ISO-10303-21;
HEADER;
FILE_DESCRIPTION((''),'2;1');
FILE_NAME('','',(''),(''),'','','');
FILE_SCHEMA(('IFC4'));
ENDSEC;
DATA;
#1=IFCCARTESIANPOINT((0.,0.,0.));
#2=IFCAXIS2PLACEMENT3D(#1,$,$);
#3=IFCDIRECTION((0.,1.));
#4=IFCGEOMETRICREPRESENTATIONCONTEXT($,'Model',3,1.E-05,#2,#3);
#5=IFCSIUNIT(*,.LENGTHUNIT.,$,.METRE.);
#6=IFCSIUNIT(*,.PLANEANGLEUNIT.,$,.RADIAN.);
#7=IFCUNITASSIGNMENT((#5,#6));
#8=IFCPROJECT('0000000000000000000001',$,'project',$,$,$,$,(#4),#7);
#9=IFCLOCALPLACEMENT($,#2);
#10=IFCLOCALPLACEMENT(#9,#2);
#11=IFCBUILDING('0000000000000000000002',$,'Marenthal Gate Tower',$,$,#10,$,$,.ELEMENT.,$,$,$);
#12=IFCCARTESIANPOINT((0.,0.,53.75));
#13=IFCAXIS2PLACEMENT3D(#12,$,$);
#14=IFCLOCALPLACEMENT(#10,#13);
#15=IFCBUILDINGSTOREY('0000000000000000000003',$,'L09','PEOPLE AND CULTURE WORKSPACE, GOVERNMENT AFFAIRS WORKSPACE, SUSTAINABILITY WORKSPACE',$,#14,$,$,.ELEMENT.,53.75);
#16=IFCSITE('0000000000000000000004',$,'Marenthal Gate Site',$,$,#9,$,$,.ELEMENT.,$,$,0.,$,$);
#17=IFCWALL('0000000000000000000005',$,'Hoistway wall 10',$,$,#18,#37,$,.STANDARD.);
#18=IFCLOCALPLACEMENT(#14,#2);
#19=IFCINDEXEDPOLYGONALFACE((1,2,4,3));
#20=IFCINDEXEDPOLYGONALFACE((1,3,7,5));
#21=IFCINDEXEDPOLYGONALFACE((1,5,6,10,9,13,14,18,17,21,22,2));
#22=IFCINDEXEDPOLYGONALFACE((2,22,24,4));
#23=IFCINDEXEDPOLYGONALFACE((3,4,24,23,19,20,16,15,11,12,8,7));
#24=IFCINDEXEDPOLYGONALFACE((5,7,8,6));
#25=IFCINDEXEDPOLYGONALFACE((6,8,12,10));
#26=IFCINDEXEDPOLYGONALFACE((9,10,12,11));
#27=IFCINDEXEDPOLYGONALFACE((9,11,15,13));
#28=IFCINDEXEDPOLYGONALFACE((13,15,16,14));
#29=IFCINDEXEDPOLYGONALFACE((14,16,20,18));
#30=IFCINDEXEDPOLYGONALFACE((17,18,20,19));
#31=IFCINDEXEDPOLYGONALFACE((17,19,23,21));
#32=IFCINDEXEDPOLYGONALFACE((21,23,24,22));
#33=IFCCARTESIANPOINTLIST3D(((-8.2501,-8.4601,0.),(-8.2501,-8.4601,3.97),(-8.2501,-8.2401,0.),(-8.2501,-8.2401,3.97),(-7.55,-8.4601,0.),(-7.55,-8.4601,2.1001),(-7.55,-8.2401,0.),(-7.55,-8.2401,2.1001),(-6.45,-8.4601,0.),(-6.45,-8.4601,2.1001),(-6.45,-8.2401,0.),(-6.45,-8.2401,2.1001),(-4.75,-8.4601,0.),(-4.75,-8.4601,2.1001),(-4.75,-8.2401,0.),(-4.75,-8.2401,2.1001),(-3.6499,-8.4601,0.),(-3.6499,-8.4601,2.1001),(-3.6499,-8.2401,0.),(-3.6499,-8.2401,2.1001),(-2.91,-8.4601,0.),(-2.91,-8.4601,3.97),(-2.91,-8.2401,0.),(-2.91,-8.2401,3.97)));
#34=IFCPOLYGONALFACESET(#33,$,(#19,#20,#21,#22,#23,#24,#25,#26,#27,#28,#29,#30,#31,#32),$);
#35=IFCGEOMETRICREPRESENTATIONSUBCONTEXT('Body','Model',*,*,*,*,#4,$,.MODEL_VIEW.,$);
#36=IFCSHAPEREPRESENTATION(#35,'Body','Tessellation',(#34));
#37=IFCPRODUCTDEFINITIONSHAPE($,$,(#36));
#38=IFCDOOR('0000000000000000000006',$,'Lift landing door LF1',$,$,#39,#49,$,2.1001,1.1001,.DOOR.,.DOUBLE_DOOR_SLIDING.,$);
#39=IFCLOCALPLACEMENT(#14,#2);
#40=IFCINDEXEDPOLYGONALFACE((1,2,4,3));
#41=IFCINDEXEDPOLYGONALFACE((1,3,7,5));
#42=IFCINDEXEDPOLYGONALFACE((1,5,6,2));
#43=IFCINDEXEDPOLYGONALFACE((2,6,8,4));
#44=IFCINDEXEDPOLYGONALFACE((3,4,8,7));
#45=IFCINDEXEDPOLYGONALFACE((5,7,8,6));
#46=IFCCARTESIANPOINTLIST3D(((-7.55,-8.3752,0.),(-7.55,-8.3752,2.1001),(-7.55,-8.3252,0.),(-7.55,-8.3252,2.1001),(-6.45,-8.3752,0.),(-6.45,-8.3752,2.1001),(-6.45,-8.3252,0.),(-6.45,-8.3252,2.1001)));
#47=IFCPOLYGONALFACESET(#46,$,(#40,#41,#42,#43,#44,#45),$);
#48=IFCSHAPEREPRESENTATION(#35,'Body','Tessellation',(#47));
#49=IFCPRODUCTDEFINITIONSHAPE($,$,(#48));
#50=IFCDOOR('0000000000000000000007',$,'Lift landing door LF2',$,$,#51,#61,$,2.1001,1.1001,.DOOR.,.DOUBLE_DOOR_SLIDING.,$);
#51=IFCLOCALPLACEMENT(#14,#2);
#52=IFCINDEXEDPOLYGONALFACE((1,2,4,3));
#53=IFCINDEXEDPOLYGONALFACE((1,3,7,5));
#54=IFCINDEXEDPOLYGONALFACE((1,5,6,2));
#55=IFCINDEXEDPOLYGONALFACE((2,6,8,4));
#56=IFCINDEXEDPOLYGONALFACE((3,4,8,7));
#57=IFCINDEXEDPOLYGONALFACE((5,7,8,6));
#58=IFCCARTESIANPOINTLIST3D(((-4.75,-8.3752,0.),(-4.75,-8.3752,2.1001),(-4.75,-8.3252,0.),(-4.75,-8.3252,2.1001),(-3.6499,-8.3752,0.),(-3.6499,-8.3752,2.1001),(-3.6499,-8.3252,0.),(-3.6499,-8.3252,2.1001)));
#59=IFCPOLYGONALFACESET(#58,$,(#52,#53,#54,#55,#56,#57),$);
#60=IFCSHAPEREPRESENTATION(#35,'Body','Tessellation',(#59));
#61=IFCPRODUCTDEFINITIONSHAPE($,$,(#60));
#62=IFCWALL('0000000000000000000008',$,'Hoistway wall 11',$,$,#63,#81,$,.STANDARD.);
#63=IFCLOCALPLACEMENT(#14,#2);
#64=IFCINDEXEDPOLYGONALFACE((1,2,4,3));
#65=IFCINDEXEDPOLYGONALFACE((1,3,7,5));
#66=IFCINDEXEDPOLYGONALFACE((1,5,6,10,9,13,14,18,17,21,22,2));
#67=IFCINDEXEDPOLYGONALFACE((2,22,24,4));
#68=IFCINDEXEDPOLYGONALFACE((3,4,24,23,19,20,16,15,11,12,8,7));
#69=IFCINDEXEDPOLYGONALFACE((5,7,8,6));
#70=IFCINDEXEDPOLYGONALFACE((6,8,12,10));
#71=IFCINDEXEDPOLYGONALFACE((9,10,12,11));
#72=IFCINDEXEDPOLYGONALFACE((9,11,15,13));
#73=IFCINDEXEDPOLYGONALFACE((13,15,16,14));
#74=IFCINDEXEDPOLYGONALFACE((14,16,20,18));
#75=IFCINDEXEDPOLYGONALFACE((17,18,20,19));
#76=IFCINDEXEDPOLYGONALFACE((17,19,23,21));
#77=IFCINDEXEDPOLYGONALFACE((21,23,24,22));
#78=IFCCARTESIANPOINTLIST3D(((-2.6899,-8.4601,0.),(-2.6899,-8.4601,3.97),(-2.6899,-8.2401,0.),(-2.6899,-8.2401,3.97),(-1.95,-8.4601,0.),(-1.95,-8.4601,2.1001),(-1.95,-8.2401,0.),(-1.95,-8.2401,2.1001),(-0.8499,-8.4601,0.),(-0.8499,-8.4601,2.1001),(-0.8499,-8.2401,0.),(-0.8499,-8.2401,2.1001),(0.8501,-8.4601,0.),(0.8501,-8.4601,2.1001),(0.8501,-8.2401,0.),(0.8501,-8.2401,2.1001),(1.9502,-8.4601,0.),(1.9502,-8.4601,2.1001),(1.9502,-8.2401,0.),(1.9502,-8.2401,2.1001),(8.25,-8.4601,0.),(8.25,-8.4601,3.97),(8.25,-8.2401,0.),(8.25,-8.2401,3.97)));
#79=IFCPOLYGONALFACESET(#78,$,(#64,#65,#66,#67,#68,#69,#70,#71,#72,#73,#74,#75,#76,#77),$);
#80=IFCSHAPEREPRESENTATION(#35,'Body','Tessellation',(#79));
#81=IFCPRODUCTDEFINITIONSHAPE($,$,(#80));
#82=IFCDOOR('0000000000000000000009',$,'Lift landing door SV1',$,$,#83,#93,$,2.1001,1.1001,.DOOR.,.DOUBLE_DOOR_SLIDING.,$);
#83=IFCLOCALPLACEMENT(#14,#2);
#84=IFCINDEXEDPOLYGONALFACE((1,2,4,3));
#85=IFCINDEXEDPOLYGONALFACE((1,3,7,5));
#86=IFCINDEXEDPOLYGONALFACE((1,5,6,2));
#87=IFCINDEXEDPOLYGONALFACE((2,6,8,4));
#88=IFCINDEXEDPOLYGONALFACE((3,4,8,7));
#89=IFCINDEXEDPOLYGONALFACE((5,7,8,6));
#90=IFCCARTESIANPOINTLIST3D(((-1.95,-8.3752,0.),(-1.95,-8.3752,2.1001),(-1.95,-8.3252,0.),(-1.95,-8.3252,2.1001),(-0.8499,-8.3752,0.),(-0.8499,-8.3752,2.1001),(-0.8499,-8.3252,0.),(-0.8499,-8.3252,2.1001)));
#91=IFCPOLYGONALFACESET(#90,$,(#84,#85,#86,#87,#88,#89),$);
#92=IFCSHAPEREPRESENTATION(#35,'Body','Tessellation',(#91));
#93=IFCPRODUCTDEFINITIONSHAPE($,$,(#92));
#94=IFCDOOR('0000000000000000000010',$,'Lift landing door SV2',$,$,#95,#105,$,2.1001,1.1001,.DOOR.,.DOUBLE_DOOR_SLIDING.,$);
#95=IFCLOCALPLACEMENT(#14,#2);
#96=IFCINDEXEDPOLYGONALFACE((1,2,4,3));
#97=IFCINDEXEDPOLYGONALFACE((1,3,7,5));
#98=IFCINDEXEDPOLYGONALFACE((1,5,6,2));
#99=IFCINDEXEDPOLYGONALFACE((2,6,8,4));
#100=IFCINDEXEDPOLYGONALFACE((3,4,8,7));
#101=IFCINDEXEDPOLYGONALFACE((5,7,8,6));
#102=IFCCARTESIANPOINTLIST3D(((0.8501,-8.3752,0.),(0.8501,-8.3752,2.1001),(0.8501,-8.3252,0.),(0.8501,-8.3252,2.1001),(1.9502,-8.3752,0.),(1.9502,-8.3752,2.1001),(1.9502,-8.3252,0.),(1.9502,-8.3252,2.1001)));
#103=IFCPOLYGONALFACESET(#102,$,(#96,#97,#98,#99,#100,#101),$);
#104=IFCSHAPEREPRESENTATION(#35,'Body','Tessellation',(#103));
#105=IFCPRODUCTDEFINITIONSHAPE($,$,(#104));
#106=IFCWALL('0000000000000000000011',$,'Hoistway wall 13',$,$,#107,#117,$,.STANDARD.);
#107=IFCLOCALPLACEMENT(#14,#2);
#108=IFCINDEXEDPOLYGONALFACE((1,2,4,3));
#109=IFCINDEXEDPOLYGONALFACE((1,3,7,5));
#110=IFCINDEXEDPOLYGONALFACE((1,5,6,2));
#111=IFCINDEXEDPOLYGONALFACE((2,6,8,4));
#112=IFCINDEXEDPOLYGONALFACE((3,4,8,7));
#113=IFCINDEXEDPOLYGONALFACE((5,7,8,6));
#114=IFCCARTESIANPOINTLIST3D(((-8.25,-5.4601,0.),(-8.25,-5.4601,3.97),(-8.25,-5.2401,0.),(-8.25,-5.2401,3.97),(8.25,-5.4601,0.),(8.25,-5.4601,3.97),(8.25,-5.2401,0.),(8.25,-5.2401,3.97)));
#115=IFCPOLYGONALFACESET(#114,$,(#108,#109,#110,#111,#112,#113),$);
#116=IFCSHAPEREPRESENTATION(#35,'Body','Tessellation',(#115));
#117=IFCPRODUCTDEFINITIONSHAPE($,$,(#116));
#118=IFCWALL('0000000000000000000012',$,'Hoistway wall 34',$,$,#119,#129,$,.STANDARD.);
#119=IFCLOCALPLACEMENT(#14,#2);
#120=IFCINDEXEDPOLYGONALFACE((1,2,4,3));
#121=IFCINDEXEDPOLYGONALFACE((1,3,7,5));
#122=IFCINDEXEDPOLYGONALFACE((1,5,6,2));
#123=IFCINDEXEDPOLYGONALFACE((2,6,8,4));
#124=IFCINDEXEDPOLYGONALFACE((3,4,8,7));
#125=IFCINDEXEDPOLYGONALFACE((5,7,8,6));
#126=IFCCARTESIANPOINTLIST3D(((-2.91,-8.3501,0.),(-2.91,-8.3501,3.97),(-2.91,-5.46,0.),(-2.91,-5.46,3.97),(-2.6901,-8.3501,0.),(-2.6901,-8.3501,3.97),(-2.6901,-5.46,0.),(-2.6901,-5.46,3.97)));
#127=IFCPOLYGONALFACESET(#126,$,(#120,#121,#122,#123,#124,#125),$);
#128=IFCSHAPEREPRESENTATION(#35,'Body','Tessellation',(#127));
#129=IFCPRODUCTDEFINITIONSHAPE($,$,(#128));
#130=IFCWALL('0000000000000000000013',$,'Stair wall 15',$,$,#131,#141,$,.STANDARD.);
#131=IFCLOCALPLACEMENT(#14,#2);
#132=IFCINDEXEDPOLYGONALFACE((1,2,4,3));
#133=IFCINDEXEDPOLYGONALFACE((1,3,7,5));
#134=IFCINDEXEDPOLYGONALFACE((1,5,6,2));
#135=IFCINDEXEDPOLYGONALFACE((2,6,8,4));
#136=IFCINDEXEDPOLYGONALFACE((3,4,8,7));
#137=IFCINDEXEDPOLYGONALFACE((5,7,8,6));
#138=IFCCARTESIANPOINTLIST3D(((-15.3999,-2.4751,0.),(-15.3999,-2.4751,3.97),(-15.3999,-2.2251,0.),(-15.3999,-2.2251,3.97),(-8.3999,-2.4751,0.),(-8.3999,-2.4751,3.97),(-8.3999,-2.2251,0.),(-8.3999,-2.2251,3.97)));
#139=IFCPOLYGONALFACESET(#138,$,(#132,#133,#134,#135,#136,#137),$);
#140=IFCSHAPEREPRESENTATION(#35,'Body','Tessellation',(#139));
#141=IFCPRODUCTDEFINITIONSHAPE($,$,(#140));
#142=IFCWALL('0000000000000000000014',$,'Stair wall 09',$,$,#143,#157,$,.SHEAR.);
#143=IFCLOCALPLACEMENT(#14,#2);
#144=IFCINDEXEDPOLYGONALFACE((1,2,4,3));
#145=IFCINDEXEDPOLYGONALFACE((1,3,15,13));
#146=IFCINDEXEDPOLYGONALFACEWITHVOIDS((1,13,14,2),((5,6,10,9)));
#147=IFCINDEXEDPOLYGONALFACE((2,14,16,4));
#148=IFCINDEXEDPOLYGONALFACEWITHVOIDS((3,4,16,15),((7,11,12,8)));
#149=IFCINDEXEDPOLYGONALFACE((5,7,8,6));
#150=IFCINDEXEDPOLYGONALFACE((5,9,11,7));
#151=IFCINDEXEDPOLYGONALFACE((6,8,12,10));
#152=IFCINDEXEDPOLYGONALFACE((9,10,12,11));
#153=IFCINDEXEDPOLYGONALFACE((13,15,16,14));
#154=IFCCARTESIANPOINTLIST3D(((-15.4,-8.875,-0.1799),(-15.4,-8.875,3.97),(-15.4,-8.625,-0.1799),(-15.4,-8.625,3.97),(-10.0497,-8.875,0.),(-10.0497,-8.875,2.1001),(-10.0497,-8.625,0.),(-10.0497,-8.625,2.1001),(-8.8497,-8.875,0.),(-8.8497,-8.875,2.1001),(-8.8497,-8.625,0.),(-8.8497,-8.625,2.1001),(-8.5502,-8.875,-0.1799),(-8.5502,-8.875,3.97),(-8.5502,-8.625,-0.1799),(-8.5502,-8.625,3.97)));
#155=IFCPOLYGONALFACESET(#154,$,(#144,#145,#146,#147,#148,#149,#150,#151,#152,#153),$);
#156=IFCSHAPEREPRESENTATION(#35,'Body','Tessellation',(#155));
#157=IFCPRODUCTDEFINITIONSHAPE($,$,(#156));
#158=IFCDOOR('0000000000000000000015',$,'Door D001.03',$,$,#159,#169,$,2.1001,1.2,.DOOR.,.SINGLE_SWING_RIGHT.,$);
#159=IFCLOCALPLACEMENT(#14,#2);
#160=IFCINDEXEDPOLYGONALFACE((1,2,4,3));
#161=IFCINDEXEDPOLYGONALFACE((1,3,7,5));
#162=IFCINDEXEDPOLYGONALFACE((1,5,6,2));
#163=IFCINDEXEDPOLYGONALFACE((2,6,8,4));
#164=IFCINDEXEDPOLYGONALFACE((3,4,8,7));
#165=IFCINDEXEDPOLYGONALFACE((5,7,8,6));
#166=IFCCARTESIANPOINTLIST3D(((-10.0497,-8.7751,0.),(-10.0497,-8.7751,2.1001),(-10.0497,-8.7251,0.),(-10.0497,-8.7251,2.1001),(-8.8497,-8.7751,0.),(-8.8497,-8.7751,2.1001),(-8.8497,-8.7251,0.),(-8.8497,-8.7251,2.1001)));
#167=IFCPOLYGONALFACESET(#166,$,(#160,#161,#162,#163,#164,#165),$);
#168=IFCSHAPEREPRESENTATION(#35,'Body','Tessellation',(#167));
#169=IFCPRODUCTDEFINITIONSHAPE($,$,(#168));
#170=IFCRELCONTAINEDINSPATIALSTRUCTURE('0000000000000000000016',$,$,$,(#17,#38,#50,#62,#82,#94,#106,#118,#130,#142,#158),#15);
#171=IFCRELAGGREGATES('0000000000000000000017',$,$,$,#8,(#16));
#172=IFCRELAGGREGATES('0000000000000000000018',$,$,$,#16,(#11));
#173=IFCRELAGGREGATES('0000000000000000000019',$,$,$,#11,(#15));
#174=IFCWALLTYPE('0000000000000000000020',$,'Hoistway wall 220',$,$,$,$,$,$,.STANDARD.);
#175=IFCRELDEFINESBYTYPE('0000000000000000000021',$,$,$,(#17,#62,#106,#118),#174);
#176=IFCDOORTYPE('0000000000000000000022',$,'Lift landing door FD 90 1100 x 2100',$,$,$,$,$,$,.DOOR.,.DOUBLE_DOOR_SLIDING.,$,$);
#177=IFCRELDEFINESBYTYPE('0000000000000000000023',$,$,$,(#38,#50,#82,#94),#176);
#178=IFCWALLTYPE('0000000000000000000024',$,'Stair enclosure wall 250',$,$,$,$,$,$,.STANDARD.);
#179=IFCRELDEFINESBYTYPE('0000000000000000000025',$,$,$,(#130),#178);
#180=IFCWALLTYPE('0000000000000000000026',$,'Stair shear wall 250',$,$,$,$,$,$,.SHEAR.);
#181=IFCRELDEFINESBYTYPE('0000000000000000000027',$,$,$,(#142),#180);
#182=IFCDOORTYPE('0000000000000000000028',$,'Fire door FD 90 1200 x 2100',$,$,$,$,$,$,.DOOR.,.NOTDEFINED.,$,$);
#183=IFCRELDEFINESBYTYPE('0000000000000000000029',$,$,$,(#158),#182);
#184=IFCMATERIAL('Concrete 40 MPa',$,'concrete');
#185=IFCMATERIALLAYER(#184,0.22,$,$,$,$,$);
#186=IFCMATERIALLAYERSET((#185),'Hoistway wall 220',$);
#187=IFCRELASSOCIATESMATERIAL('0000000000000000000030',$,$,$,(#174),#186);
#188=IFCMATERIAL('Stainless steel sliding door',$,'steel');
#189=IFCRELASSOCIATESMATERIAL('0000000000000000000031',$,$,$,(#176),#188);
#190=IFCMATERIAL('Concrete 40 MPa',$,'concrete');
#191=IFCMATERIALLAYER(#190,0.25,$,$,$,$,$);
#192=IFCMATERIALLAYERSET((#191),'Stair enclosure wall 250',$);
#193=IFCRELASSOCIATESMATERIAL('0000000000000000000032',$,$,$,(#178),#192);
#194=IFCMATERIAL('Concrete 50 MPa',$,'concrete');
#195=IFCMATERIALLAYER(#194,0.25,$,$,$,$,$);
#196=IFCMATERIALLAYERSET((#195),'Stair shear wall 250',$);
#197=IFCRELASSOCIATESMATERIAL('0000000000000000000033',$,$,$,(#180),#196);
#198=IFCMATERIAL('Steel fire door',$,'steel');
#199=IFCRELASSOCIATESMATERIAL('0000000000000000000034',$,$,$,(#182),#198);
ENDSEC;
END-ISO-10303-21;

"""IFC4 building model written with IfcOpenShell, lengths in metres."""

from ifc_helpers import new_model, si_unit, direction, frame, frame_2d, origin, place, context, subcontext, project, spatial, rectangle, extrude, material, layer, layer_set, type_object, element, fill, save


model = new_model("IFC4")

# Units and contexts
model_context = context("Model", 3, precision=1e-05, world=origin(), true_north=direction((0.0, 1.0)))
body_context = subcontext(model_context, "Body", "Model", "MODEL_VIEW")
ifc_project = project(units=[si_unit("LENGTHUNIT", "METRE"), si_unit("PLANEANGLEUNIT", "RADIAN")], contexts=[model_context])

# Site, building, storey
site_placement = place(None, origin())
site = spatial("IfcSite", under=ifc_project, at=site_placement, Name="Marenthal Gate Site", CompositionType="ELEMENT", RefElevation=0.0)
building_placement = place(site_placement, origin())
building = spatial("IfcBuilding", under=site, at=building_placement, Name="Marenthal Gate Tower", CompositionType="ELEMENT")
storey_placement = place(building_placement, frame((0.0, 0.0, 53.75)))
storey = spatial("IfcBuildingStorey", under=building, at=storey_placement, Name="L09", Description="PEOPLE AND CULTURE WORKSPACE, GOVERNMENT AFFAIRS WORKSPACE, SUSTAINABILITY WORKSPACE", CompositionType="ELEMENT", Elevation=53.75)

# Walls, openings, doors
ifc_material_1 = material(Name="Concrete 40 MPa", Category="concrete")
ifc_layer_1 = layer(ifc_material_1, 0.22)
ifc_layer_set_1 = layer_set([ifc_layer_1], Name="Hoistway wall 220")
wall_type_1 = type_object("IfcWallType", Name="Hoistway wall 220", PredefinedType="STANDARD", material=ifc_layer_set_1)
wall_1_placement = place(storey_placement, frame((-8.25, -8.3501, 0.0), z_axis=(0.0, 0.0, 1.0), x_axis=(1.0, 0.0, 0.0)))
wall_1 = element("IfcWall", 1, at=wall_1_placement, inside=storey, type_object=wall_type_1, Name="Hoistway wall 10", PredefinedType="STANDARD", context=body_context, shape_type="SweptSolid", body=[
    extrude(rectangle(XDim=5.3401, YDim=0.22, at=frame_2d((2.6699, 0.0))), origin(), (0.0, 0.0, 1.0), 3.97),
])
opening_1_placement = place(wall_1_placement, frame((0.7, 0.0, 0.0)))
opening_1 = element("IfcOpeningElement", 2, at=opening_1_placement, cuts=wall_1, PredefinedType="OPENING", context=body_context, shape_type="SweptSolid", body=[
    extrude(rectangle(XDim=1.1001, YDim=2.1001, at=frame_2d((0.55, 1.05))), frame((0.0, 0.1201, 0.0), z_axis=(0.0, -1.0, 0.0), x_axis=(1.0, 0.0, 0.0)), (0.0, 0.0, 1.0), 0.24),
])
opening_2_placement = place(wall_1_placement, frame((3.5, 0.0, 0.0)))
opening_2 = element("IfcOpeningElement", 3, at=opening_2_placement, cuts=wall_1, PredefinedType="OPENING", context=body_context, shape_type="SweptSolid", body=[
    extrude(rectangle(XDim=1.1001, YDim=2.1001, at=frame_2d((0.55, 1.05))), frame((0.0, 0.1201, 0.0), z_axis=(0.0, -1.0, 0.0), x_axis=(1.0, 0.0, 0.0)), (0.0, 0.0, 1.0), 0.24),
])
ifc_material_2 = material(Name="Stainless steel sliding door", Category="steel")
door_type_1 = type_object("IfcDoorType", Name="Lift landing door FD 90 1100 x 2100", OperationType="DOUBLE_DOOR_SLIDING", PredefinedType="DOOR", material=ifc_material_2)
door_1_placement = place(opening_1_placement, origin())
door_1 = element("IfcDoor", 4, at=door_1_placement, inside=storey, type_object=door_type_1, Name="Lift landing door LF1", OperationType="DOUBLE_DOOR_SLIDING", OverallHeight=2.1001, OverallWidth=1.1001, PredefinedType="DOOR", context=body_context, shape_type="SweptSolid", body=[
    extrude(rectangle(XDim=1.1001, YDim=2.1001, at=frame_2d((0.55, 1.05))), frame((0.0, 0.0249, 0.0), z_axis=(0.0, -1.0, 0.0), x_axis=(1.0, 0.0, 0.0)), (0.0, 0.0, 1.0), 0.05),
])
fill(opening_1, door_1)
door_2_placement = place(opening_2_placement, origin())
door_2 = element("IfcDoor", 5, at=door_2_placement, inside=storey, type_object=door_type_1, Name="Lift landing door LF2", OperationType="DOUBLE_DOOR_SLIDING", OverallHeight=2.1001, OverallWidth=1.1001, PredefinedType="DOOR", context=body_context, shape_type="SweptSolid", body=[
    extrude(rectangle(XDim=1.1001, YDim=2.1001, at=frame_2d((0.55, 1.05))), frame((0.0, 0.0249, 0.0), z_axis=(0.0, -1.0, 0.0), x_axis=(1.0, 0.0, 0.0)), (0.0, 0.0, 1.0), 0.05),
])
fill(opening_2, door_2)
wall_2_placement = place(storey_placement, frame((-2.6899, -8.3501, 0.0), z_axis=(0.0, 0.0, 1.0), x_axis=(1.0, 0.0, 0.0)))
wall_2 = element("IfcWall", 6, at=wall_2_placement, inside=storey, type_object=wall_type_1, Name="Hoistway wall 11", PredefinedType="STANDARD", context=body_context, shape_type="SweptSolid", body=[
    extrude(rectangle(XDim=10.9399, YDim=0.22, at=frame_2d((5.47, 0.0))), origin(), (0.0, 0.0, 1.0), 3.97),
])
opening_3_placement = place(wall_2_placement, frame((0.74, 0.0, 0.0)))
opening_3 = element("IfcOpeningElement", 7, at=opening_3_placement, cuts=wall_2, PredefinedType="OPENING", context=body_context, shape_type="SweptSolid", body=[
    extrude(rectangle(XDim=1.1001, YDim=2.1001, at=frame_2d((0.55, 1.05))), frame((0.0, 0.1201, 0.0), z_axis=(0.0, -1.0, 0.0), x_axis=(1.0, 0.0, 0.0)), (0.0, 0.0, 1.0), 0.24),
])
opening_4_placement = place(wall_2_placement, frame((3.54, 0.0, 0.0)))
opening_4 = element("IfcOpeningElement", 8, at=opening_4_placement, cuts=wall_2, PredefinedType="OPENING", context=body_context, shape_type="SweptSolid", body=[
    extrude(rectangle(XDim=1.1001, YDim=2.1001, at=frame_2d((0.55, 1.05))), frame((0.0, 0.1201, 0.0), z_axis=(0.0, -1.0, 0.0), x_axis=(1.0, 0.0, 0.0)), (0.0, 0.0, 1.0), 0.24),
])
door_3_placement = place(opening_3_placement, origin())
door_3 = element("IfcDoor", 9, at=door_3_placement, inside=storey, type_object=door_type_1, Name="Lift landing door SV1", OperationType="DOUBLE_DOOR_SLIDING", OverallHeight=2.1001, OverallWidth=1.1001, PredefinedType="DOOR", context=body_context, shape_type="SweptSolid", body=[
    extrude(rectangle(XDim=1.1001, YDim=2.1001, at=frame_2d((0.55, 1.05))), frame((0.0, 0.0249, 0.0), z_axis=(0.0, -1.0, 0.0), x_axis=(1.0, 0.0, 0.0)), (0.0, 0.0, 1.0), 0.05),
])
fill(opening_3, door_3)
door_4_placement = place(opening_4_placement, origin())
door_4 = element("IfcDoor", 10, at=door_4_placement, inside=storey, type_object=door_type_1, Name="Lift landing door SV2", OperationType="DOUBLE_DOOR_SLIDING", OverallHeight=2.1001, OverallWidth=1.1001, PredefinedType="DOOR", context=body_context, shape_type="SweptSolid", body=[
    extrude(rectangle(XDim=1.1001, YDim=2.1001, at=frame_2d((0.55, 1.05))), frame((0.0, 0.0249, 0.0), z_axis=(0.0, -1.0, 0.0), x_axis=(1.0, 0.0, 0.0)), (0.0, 0.0, 1.0), 0.05),
])
fill(opening_4, door_4)

# Walls
wall_3_placement = place(storey_placement, frame((-8.25, -5.3501, 0.0), z_axis=(0.0, 0.0, 1.0), x_axis=(1.0, 0.0, 0.0)))
element("IfcWall", 11, at=wall_3_placement, inside=storey, type_object=wall_type_1, Name="Hoistway wall 13", PredefinedType="STANDARD", context=body_context, shape_type="SweptSolid", body=[
    extrude(rectangle(XDim=16.5, YDim=0.22, at=frame_2d((8.25, 0.0))), origin(), (0.0, 0.0, 1.0), 3.97),
])
wall_4_placement = place(storey_placement, frame((-2.8, -8.3501, 0.0), z_axis=(0.0, 0.0, 1.0), x_axis=(0.0, 1.0, 0.0)))
element("IfcWall", 12, at=wall_4_placement, inside=storey, type_object=wall_type_1, Name="Hoistway wall 34", PredefinedType="STANDARD", context=body_context, shape_type="SweptSolid", body=[
    extrude(rectangle(XDim=2.8901, YDim=0.22, at=frame_2d((1.4451, 0.0))), origin(), (0.0, 0.0, 1.0), 3.97),
])
ifc_material_3 = material(Name="Concrete 40 MPa", Category="concrete")
ifc_layer_2 = layer(ifc_material_3, 0.25)
ifc_layer_set_2 = layer_set([ifc_layer_2], Name="Stair enclosure wall 250")
wall_type_2 = type_object("IfcWallType", Name="Stair enclosure wall 250", PredefinedType="STANDARD", material=ifc_layer_set_2)
wall_5_placement = place(storey_placement, frame((-15.3999, -2.3501, 0.0), z_axis=(0.0, 0.0, 1.0), x_axis=(1.0, 0.0, 0.0)))
element("IfcWall", 13, at=wall_5_placement, inside=storey, type_object=wall_type_2, Name="Stair wall 15", PredefinedType="STANDARD", context=body_context, shape_type="SweptSolid", body=[
    extrude(rectangle(XDim=7.0, YDim=0.25, at=frame_2d((3.5, 0.0))), origin(), (0.0, 0.0, 1.0), 3.97),
])

# Wall, opening, door
ifc_material_4 = material(Name="Concrete 50 MPa", Category="concrete")
ifc_layer_3 = layer(ifc_material_4, 0.25)
ifc_layer_set_3 = layer_set([ifc_layer_3], Name="Stair shear wall 250")
wall_type_3 = type_object("IfcWallType", Name="Stair shear wall 250", PredefinedType="SHEAR", material=ifc_layer_set_3)
wall_6_placement = place(storey_placement, frame((-15.3999, -8.75, -0.1799), z_axis=(0.0, 0.0, 1.0), x_axis=(1.0, 0.0, 0.0)))
wall_6 = element("IfcWall", 14, at=wall_6_placement, inside=storey, type_object=wall_type_3, Name="Stair wall 09", PredefinedType="SHEAR", context=body_context, shape_type="SweptSolid", body=[
    extrude(rectangle(XDim=6.8499, YDim=0.25, at=frame_2d((3.4248, 0.0))), origin(), (0.0, 0.0, 1.0), 4.1499),
])
opening_5_placement = place(wall_6_placement, frame((5.3501, 0.0, 0.1799)))
opening_5 = element("IfcOpeningElement", 15, at=opening_5_placement, cuts=wall_6, PredefinedType="OPENING", context=body_context, shape_type="SweptSolid", body=[
    extrude(rectangle(XDim=1.2, YDim=2.1001, at=frame_2d((0.6001, 1.05))), frame((0.0, 0.135, 0.0), z_axis=(0.0, -1.0, 0.0), x_axis=(1.0, 0.0, 0.0)), (0.0, 0.0, 1.0), 0.27),
])
ifc_material_5 = material(Name="Steel fire door", Category="steel")
door_type_2 = type_object("IfcDoorType", Name="Fire door FD 90 1200 x 2100", OperationType="NOTDEFINED", PredefinedType="DOOR", material=ifc_material_5)
door_5_placement = place(opening_5_placement, origin())
door_5 = element("IfcDoor", 16, at=door_5_placement, inside=storey, type_object=door_type_2, Name="Door D001.03", OperationType="SINGLE_SWING_RIGHT", OverallHeight=2.1001, OverallWidth=1.2, PredefinedType="DOOR", context=body_context, shape_type="SweptSolid", body=[
    extrude(rectangle(XDim=1.2, YDim=2.1001, at=frame_2d((0.6001, 1.05))), frame((0.0, 0.0249, 0.0), z_axis=(0.0, -1.0, 0.0), x_axis=(1.0, 0.0, 0.0)), (0.0, 0.0, 1.0), 0.05),
])
fill(opening_5, door_5)

save(model, "model.ifc")
